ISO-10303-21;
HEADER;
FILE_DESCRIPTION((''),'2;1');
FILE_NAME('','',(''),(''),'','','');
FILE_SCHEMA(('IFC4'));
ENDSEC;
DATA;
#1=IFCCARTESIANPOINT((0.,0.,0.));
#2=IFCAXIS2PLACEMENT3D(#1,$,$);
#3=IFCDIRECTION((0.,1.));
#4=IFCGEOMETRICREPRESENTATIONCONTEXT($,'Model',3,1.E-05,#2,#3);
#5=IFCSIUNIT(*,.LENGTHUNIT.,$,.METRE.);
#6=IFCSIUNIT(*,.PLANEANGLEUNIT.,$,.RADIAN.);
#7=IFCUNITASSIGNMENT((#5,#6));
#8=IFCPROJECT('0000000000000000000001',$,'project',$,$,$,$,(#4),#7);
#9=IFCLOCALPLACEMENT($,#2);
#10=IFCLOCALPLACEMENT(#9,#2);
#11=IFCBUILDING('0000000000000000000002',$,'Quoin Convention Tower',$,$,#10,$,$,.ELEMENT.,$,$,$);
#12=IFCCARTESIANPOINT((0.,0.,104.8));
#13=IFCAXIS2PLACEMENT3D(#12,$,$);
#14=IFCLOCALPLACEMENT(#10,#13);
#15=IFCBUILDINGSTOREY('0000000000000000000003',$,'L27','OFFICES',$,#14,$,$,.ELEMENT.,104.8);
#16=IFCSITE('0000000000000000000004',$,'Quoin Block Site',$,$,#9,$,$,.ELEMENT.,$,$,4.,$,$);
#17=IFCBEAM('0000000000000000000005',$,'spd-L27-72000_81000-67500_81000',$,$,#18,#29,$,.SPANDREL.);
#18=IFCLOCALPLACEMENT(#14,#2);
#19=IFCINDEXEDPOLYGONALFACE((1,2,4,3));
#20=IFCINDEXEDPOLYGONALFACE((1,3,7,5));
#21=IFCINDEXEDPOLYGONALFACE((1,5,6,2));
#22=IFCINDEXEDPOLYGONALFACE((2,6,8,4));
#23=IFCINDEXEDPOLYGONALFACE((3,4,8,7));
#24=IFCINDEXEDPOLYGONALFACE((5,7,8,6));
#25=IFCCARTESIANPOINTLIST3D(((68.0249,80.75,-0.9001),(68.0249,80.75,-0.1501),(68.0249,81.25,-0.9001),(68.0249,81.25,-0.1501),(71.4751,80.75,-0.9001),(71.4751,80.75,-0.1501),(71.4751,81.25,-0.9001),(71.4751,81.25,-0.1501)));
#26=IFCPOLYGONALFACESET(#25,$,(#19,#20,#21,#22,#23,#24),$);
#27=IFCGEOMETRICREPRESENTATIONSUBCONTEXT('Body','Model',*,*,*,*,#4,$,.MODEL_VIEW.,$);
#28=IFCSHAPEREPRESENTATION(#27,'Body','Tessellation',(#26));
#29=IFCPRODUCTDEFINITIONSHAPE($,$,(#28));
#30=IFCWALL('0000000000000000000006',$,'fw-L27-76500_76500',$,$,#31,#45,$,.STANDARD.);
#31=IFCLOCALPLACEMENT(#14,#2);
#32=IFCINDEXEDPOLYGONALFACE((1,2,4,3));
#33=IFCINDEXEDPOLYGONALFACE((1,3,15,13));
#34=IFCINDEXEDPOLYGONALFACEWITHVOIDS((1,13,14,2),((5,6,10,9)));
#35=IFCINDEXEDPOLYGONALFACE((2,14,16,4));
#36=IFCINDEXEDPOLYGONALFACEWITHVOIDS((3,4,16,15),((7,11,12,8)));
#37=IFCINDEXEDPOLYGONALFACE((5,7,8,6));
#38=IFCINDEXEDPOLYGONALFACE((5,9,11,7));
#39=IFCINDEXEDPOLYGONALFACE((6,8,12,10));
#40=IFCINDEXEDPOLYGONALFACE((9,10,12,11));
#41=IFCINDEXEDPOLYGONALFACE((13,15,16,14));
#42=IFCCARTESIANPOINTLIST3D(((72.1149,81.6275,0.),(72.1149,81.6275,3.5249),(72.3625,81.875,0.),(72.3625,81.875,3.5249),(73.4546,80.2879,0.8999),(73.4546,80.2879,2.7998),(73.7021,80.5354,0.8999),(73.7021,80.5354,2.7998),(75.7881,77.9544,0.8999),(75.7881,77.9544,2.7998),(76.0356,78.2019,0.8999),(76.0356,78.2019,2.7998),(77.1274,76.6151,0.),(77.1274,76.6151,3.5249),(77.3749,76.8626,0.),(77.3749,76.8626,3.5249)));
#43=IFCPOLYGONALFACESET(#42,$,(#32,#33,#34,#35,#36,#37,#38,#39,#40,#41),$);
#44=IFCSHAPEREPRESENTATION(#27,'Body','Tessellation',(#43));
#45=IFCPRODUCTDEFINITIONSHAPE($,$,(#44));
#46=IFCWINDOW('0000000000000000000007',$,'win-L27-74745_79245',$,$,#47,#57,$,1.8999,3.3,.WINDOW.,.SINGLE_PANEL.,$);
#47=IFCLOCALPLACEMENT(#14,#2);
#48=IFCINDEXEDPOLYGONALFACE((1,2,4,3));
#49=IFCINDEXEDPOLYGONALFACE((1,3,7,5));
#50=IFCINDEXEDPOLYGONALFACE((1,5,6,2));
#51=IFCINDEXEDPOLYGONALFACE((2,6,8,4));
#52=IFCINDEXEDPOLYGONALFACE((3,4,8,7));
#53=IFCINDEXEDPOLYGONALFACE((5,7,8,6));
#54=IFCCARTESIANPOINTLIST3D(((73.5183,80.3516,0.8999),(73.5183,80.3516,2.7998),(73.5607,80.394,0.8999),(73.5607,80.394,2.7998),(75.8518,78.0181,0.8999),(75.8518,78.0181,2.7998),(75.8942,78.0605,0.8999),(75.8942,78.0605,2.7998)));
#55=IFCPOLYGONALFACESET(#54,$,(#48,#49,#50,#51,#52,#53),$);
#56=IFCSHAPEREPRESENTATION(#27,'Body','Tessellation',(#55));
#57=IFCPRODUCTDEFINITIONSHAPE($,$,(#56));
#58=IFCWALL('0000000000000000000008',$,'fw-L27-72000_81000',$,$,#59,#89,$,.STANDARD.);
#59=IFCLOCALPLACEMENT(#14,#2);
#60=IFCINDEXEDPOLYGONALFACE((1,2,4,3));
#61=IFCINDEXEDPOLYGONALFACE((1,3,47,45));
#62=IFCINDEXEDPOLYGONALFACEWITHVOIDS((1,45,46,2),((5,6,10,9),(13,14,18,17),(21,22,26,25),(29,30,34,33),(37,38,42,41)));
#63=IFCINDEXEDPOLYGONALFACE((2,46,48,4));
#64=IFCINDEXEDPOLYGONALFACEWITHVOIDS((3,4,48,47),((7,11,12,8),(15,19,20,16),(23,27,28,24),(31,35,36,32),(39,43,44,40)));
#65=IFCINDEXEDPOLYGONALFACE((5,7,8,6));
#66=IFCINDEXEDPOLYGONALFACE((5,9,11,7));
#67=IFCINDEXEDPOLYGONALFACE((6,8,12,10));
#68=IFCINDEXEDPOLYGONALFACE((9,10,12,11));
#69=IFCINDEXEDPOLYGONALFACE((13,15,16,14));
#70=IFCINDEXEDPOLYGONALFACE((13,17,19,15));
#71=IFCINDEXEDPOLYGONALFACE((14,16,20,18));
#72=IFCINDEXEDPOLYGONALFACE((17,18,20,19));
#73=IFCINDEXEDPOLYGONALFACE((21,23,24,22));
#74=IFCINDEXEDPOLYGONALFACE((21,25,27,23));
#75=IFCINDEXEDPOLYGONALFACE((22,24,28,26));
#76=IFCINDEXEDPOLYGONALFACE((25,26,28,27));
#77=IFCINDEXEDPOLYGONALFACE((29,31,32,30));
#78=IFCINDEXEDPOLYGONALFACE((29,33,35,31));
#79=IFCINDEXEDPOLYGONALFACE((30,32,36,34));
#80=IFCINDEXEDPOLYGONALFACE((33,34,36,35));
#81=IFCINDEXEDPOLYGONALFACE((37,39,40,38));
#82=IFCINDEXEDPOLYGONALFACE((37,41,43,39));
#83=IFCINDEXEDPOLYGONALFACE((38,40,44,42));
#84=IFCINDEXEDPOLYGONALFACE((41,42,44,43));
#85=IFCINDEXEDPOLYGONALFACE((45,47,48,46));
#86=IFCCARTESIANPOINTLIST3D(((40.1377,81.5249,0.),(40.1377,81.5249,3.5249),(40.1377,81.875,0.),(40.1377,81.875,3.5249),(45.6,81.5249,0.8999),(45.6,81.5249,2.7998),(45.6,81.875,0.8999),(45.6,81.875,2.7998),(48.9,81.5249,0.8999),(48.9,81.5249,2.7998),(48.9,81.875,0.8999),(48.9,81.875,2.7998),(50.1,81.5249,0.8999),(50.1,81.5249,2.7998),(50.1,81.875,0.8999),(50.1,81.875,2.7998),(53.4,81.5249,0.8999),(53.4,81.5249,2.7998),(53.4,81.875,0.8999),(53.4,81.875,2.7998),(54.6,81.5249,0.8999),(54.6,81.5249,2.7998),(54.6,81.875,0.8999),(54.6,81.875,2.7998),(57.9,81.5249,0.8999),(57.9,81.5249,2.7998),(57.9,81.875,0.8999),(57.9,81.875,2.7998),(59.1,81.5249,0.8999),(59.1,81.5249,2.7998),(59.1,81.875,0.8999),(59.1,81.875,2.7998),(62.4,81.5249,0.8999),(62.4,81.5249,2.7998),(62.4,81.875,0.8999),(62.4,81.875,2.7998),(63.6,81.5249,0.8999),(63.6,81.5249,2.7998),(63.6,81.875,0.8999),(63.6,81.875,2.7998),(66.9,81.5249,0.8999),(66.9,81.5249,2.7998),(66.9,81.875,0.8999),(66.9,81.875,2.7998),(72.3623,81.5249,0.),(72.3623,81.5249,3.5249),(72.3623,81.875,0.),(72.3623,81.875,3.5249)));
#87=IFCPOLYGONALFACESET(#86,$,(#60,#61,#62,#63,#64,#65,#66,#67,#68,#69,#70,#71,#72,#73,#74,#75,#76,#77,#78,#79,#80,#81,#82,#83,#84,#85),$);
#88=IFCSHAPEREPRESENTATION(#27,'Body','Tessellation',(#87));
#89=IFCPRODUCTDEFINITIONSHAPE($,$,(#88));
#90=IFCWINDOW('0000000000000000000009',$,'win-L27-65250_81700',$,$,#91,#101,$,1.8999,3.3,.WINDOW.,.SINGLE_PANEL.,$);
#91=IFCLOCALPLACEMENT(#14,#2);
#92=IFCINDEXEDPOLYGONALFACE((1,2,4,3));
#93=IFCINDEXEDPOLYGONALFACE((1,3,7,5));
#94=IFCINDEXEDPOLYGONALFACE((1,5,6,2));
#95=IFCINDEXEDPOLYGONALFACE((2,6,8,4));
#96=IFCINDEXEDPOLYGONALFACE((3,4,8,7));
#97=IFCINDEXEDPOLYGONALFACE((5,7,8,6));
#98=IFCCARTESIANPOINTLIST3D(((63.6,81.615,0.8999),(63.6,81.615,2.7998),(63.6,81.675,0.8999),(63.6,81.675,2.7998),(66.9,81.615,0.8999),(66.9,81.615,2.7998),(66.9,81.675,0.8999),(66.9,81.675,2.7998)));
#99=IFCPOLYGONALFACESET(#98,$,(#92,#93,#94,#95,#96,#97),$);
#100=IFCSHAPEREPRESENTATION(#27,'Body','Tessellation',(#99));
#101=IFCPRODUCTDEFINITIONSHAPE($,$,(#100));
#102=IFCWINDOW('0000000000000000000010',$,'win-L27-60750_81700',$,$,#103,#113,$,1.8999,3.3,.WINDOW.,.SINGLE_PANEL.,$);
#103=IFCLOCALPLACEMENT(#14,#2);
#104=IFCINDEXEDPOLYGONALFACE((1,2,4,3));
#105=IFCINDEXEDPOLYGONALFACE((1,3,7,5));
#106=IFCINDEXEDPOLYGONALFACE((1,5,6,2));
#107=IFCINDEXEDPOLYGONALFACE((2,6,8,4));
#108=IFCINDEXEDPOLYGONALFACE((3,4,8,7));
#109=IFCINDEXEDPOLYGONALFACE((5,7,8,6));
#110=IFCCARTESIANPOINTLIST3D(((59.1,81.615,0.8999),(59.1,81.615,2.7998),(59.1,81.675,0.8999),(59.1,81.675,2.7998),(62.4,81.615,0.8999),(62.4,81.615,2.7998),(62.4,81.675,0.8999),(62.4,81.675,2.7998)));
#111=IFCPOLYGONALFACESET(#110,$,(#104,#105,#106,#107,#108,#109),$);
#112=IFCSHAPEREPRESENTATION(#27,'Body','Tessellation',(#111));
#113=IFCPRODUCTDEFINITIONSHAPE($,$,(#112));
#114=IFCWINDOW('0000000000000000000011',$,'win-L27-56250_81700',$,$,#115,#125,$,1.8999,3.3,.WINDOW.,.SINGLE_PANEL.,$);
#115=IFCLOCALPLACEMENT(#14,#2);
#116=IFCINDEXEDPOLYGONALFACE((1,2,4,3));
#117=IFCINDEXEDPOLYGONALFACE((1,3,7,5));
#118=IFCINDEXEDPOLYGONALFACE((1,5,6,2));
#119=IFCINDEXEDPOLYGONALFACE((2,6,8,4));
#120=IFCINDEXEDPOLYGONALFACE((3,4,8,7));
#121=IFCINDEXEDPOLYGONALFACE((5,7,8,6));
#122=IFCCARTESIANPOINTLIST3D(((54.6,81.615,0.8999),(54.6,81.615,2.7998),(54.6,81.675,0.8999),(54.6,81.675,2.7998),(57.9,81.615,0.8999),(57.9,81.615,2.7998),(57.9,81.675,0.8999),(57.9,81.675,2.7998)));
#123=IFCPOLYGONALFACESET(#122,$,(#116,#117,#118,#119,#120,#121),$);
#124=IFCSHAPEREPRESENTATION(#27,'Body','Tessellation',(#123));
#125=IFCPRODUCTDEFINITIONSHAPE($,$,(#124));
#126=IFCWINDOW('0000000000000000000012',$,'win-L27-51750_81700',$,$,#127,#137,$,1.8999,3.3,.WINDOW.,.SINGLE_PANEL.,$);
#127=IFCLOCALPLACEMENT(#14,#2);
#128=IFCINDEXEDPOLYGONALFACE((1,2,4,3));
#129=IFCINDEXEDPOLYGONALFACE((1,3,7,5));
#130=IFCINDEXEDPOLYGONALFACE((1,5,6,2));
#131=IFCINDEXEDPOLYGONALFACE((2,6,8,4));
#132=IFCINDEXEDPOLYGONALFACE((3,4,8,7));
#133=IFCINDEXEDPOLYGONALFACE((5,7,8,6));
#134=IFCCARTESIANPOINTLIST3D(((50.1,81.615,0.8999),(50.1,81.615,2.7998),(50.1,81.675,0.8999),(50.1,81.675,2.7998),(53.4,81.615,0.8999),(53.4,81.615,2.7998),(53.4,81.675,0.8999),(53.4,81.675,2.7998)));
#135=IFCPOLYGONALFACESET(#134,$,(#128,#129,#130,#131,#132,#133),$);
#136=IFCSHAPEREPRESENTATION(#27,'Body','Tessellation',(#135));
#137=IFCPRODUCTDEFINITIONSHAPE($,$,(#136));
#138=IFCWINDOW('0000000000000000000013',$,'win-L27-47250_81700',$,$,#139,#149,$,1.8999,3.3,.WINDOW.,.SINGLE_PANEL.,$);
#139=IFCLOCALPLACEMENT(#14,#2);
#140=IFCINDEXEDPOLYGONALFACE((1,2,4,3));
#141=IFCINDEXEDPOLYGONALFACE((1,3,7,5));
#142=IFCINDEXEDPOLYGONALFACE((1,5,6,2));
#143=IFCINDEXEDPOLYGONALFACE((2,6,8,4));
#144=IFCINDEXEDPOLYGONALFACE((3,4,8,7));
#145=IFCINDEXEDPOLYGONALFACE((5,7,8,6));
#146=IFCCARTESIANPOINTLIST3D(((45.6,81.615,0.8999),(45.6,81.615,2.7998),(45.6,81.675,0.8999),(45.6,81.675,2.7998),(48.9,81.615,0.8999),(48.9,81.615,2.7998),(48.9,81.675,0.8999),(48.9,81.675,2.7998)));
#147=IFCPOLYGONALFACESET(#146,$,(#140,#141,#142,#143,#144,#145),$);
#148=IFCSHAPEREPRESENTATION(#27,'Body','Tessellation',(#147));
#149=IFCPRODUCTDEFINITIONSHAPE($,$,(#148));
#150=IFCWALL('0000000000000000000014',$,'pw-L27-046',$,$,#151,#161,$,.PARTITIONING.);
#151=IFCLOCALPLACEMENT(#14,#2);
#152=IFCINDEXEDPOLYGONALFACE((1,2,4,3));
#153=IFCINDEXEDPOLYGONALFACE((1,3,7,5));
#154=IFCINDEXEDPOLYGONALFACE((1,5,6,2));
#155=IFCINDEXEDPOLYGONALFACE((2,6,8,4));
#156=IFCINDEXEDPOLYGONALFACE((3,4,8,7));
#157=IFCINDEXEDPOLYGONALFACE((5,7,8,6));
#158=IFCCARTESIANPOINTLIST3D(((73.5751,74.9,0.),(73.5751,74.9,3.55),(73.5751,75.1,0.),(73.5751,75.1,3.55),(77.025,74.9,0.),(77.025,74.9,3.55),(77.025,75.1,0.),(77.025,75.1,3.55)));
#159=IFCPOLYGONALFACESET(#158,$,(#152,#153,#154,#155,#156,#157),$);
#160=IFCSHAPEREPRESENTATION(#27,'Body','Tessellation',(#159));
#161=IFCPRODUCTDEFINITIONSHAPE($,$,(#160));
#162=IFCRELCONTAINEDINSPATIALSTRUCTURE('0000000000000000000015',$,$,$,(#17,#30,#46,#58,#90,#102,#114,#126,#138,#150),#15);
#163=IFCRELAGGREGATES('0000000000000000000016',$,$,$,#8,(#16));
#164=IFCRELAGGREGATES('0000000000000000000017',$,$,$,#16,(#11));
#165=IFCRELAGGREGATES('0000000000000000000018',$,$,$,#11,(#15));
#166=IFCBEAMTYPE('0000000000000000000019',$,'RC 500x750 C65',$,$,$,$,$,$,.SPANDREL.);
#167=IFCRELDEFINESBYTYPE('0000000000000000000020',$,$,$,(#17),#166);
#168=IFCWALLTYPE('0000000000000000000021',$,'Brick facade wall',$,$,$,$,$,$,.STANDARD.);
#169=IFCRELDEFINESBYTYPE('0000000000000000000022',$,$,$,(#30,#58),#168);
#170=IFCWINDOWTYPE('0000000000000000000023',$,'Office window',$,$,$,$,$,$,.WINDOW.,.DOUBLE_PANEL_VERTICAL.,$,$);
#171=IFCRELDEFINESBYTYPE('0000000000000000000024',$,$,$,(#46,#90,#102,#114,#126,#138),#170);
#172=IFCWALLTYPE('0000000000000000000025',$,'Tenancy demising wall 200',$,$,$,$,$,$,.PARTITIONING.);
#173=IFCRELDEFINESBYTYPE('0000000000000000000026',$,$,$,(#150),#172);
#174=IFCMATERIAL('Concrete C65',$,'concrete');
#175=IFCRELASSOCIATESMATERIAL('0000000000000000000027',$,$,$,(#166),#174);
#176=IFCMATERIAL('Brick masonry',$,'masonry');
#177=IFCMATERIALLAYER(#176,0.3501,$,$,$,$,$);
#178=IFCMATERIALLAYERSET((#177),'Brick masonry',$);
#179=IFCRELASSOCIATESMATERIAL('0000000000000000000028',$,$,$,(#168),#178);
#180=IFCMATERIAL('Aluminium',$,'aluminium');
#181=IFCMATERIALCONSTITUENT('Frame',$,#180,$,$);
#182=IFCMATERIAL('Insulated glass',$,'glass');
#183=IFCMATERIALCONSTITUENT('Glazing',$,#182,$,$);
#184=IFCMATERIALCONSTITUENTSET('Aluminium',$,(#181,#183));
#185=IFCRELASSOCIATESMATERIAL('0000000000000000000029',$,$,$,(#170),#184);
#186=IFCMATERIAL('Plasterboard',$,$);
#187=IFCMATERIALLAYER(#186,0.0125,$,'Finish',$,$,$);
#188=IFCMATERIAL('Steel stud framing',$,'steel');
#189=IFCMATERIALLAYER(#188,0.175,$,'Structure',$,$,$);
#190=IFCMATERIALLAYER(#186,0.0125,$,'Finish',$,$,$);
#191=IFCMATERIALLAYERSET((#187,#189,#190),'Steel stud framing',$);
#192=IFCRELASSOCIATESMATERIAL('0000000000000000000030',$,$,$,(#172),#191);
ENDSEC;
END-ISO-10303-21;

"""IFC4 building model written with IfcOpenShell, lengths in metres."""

from ifc_helpers import new_model, si_unit, direction, frame, frame_2d, origin, origin_2d, place, context, subcontext, project, spatial, rectangle, extrude, material, layer, layer_set, constituent, constituent_set, material_profile, profile_set, type_object, element, fill, save


model = new_model("IFC4")

# Units and contexts
model_context = context("Model", 3, precision=1e-05, world=origin(), true_north=direction((0.0, 1.0)))
body_context = subcontext(model_context, "Body", "Model", "MODEL_VIEW")
ifc_project = project(units=[si_unit("LENGTHUNIT", "METRE"), si_unit("PLANEANGLEUNIT", "RADIAN")], contexts=[model_context])

# Site, building, storey
site_placement = place(None, origin())
site = spatial("IfcSite", under=ifc_project, at=site_placement, Name="Quoin Block Site", CompositionType="ELEMENT", RefElevation=4.0)
building_placement = place(site_placement, origin())
building = spatial("IfcBuilding", under=site, at=building_placement, Name="Quoin Convention Tower", CompositionType="ELEMENT")
storey_placement = place(building_placement, frame((0.0, 0.0, 104.8)))
storey = spatial("IfcBuildingStorey", under=building, at=storey_placement, Name="L27", Description="OFFICES", CompositionType="ELEMENT", Elevation=104.8)

# Shared definitions
ifc_material_1 = material(Name="Concrete C65", Category="concrete")

# Beam
ifc_material_profile_1 = material_profile(ifc_material_1, rectangle(XDim=0.5, YDim=0.75, at=origin_2d()), Name="RC 500x750")
ifc_profile_set_1 = profile_set([ifc_material_profile_1], Name="Concrete C65")
beam_type_1 = type_object("IfcBeamType", Name="RC 500x750 C65", PredefinedType="SPANDREL", material=ifc_profile_set_1)
beam_1_placement = place(storey_placement, frame((71.4751, 81.0, -0.5251), z_axis=(-1.0, 0.0, 0.0), x_axis=(0.0, -1.0, 0.0)))
element("IfcBeam", 1, at=beam_1_placement, inside=storey, type_object=beam_type_1, Name="spd-L27-72000_81000-67500_81000", PredefinedType="SPANDREL", context=body_context, shape_type="SweptSolid", body=[
    extrude(rectangle(XDim=0.5, YDim=0.75, at=origin_2d()), origin(), (0.0, 0.0, 1.0), 3.4502),
])

# Wall, opening, window
ifc_material_2 = material(Name="Brick masonry", Category="masonry")
ifc_layer_1 = layer(ifc_material_2, 0.3501)
ifc_layer_set_1 = layer_set([ifc_layer_1], Name="Brick masonry")
wall_type_1 = type_object("IfcWallType", Name="Brick facade wall", PredefinedType="STANDARD", material=ifc_layer_set_1)
wall_1_placement = place(storey_placement, frame((77.2512, 76.7388, 0.0), z_axis=(0.0, 0.0, 1.0), x_axis=(-0.707107, 0.707107, 0.0)))
wall_1 = element("IfcWall", 2, at=wall_1_placement, inside=storey, type_object=wall_type_1, Name="fw-L27-76500_76500", PredefinedType="STANDARD", context=body_context, shape_type="SweptSolid", body=[
    extrude(rectangle(XDim=7.0886, YDim=0.3501, at=frame_2d((3.5444, 0.0))), origin(), (0.0, 0.0, 1.0), 3.5249),
])
opening_1_placement = place(wall_1_placement, frame((1.8943, 0.0, 0.8999)))
opening_1 = element("IfcOpeningElement", 3, at=opening_1_placement, cuts=wall_1, PredefinedType="OPENING", context=body_context, shape_type="SweptSolid", body=[
    extrude(rectangle(XDim=3.3, YDim=1.8999, at=frame_2d((1.6499, 0.95))), frame((0.0, 0.1851, 0.0), z_axis=(0.0, -1.0, 0.0), x_axis=(1.0, 0.0, 0.0)), (0.0, 0.0, 1.0), 0.3701),
])
ifc_material_3 = material(Name="Aluminium", Category="aluminium")
ifc_constituent_1 = constituent(ifc_material_3, Name="Frame")
ifc_material_4 = material(Name="Insulated glass", Category="glass")
ifc_constituent_2 = constituent(ifc_material_4, Name="Glazing")
ifc_constituent_set = constituent_set(constituents=[ifc_constituent_1, ifc_constituent_2], Name="Aluminium")
window_type = type_object("IfcWindowType", Name="Office window", PartitioningType="DOUBLE_PANEL_VERTICAL", PredefinedType="WINDOW", material=ifc_constituent_set)
window_1_placement = place(opening_1_placement, origin())
window_1 = element("IfcWindow", 4, at=window_1_placement, inside=storey, type_object=window_type, Name="win-L27-74745_79245", OverallHeight=1.8999, OverallWidth=3.3, PartitioningType="SINGLE_PANEL", PredefinedType="WINDOW", context=body_context, shape_type="SweptSolid", body=[
    extrude(rectangle(XDim=3.3, YDim=1.8999, at=frame_2d((1.6499, 0.95))), frame((0.0, 0.085, 0.0), z_axis=(0.0, -1.0, 0.0), x_axis=(1.0, 0.0, 0.0)), (0.0, 0.0, 1.0), 0.0601),
])
fill(opening_1, window_1)

# Wall, openings, windows
wall_2_placement = place(storey_placement, frame((72.3623, 81.7, 0.0), z_axis=(0.0, 0.0, 1.0), x_axis=(-1.0, 0.0, 0.0)))
wall_2 = element("IfcWall", 5, at=wall_2_placement, inside=storey, type_object=wall_type_1, Name="fw-L27-72000_81000", PredefinedType="STANDARD", context=body_context, shape_type="SweptSolid", body=[
    extrude(rectangle(XDim=32.2246, YDim=0.3501, at=frame_2d((16.1123, 0.0))), origin(), (0.0, 0.0, 1.0), 3.5249),
])
opening_2_placement = place(wall_2_placement, frame((5.4624, 0.0, 0.8999)))
opening_2 = element("IfcOpeningElement", 6, at=opening_2_placement, cuts=wall_2, PredefinedType="OPENING", context=body_context, shape_type="SweptSolid", body=[
    extrude(rectangle(XDim=3.3, YDim=1.8999, at=frame_2d((1.6499, 0.95))), frame((0.0, 0.1851, 0.0), z_axis=(0.0, -1.0, 0.0), x_axis=(1.0, 0.0, 0.0)), (0.0, 0.0, 1.0), 0.3701),
])
opening_3_placement = place(wall_2_placement, frame((9.9624, 0.0, 0.8999)))
opening_3 = element("IfcOpeningElement", 7, at=opening_3_placement, cuts=wall_2, PredefinedType="OPENING", context=body_context, shape_type="SweptSolid", body=[
    extrude(rectangle(XDim=3.3, YDim=1.8999, at=frame_2d((1.6499, 0.95))), frame((0.0, 0.1851, 0.0), z_axis=(0.0, -1.0, 0.0), x_axis=(1.0, 0.0, 0.0)), (0.0, 0.0, 1.0), 0.3701),
])
opening_4_placement = place(wall_2_placement, frame((14.4624, 0.0, 0.8999)))
opening_4 = element("IfcOpeningElement", 8, at=opening_4_placement, cuts=wall_2, PredefinedType="OPENING", context=body_context, shape_type="SweptSolid", body=[
    extrude(rectangle(XDim=3.3, YDim=1.8999, at=frame_2d((1.6499, 0.95))), frame((0.0, 0.1851, 0.0), z_axis=(0.0, -1.0, 0.0), x_axis=(1.0, 0.0, 0.0)), (0.0, 0.0, 1.0), 0.3701),
])
opening_5_placement = place(wall_2_placement, frame((18.9624, 0.0, 0.8999)))
opening_5 = element("IfcOpeningElement", 9, at=opening_5_placement, cuts=wall_2, PredefinedType="OPENING", context=body_context, shape_type="SweptSolid", body=[
    extrude(rectangle(XDim=3.3, YDim=1.8999, at=frame_2d((1.6499, 0.95))), frame((0.0, 0.1851, 0.0), z_axis=(0.0, -1.0, 0.0), x_axis=(1.0, 0.0, 0.0)), (0.0, 0.0, 1.0), 0.3701),
])
opening_6_placement = place(wall_2_placement, frame((23.4624, 0.0, 0.8999)))
opening_6 = element("IfcOpeningElement", 10, at=opening_6_placement, cuts=wall_2, PredefinedType="OPENING", context=body_context, shape_type="SweptSolid", body=[
    extrude(rectangle(XDim=3.3, YDim=1.8999, at=frame_2d((1.6499, 0.95))), frame((0.0, 0.1851, 0.0), z_axis=(0.0, -1.0, 0.0), x_axis=(1.0, 0.0, 0.0)), (0.0, 0.0, 1.0), 0.3701),
])
window_2_placement = place(opening_2_placement, origin())
window_2 = element("IfcWindow", 11, at=window_2_placement, inside=storey, type_object=window_type, Name="win-L27-65250_81700", OverallHeight=1.8999, OverallWidth=3.3, PartitioningType="SINGLE_PANEL", PredefinedType="WINDOW", context=body_context, shape_type="SweptSolid", body=[
    extrude(rectangle(XDim=3.3, YDim=1.8999, at=frame_2d((1.6499, 0.95))), frame((0.0, 0.085, 0.0), z_axis=(0.0, -1.0, 0.0), x_axis=(1.0, 0.0, 0.0)), (0.0, 0.0, 1.0), 0.0601),
])
fill(opening_2, window_2)
window_3_placement = place(opening_3_placement, origin())
window_3 = element("IfcWindow", 12, at=window_3_placement, inside=storey, type_object=window_type, Name="win-L27-60750_81700", OverallHeight=1.8999, OverallWidth=3.3, PartitioningType="SINGLE_PANEL", PredefinedType="WINDOW", context=body_context, shape_type="SweptSolid", body=[
    extrude(rectangle(XDim=3.3, YDim=1.8999, at=frame_2d((1.6499, 0.95))), frame((0.0, 0.085, 0.0), z_axis=(0.0, -1.0, 0.0), x_axis=(1.0, 0.0, 0.0)), (0.0, 0.0, 1.0), 0.0601),
])
fill(opening_3, window_3)
window_4_placement = place(opening_4_placement, origin())
window_4 = element("IfcWindow", 13, at=window_4_placement, inside=storey, type_object=window_type, Name="win-L27-56250_81700", OverallHeight=1.8999, OverallWidth=3.3, PartitioningType="SINGLE_PANEL", PredefinedType="WINDOW", context=body_context, shape_type="SweptSolid", body=[
    extrude(rectangle(XDim=3.3, YDim=1.8999, at=frame_2d((1.6499, 0.95))), frame((0.0, 0.085, 0.0), z_axis=(0.0, -1.0, 0.0), x_axis=(1.0, 0.0, 0.0)), (0.0, 0.0, 1.0), 0.0601),
])
fill(opening_4, window_4)
window_5_placement = place(opening_5_placement, origin())
window_5 = element("IfcWindow", 14, at=window_5_placement, inside=storey, type_object=window_type, Name="win-L27-51750_81700", OverallHeight=1.8999, OverallWidth=3.3, PartitioningType="SINGLE_PANEL", PredefinedType="WINDOW", context=body_context, shape_type="SweptSolid", body=[
    extrude(rectangle(XDim=3.3, YDim=1.8999, at=frame_2d((1.6499, 0.95))), frame((0.0, 0.085, 0.0), z_axis=(0.0, -1.0, 0.0), x_axis=(1.0, 0.0, 0.0)), (0.0, 0.0, 1.0), 0.0601),
])
fill(opening_5, window_5)
window_6_placement = place(opening_6_placement, origin())
window_6 = element("IfcWindow", 15, at=window_6_placement, inside=storey, type_object=window_type, Name="win-L27-47250_81700", OverallHeight=1.8999, OverallWidth=3.3, PartitioningType="SINGLE_PANEL", PredefinedType="WINDOW", context=body_context, shape_type="SweptSolid", body=[
    extrude(rectangle(XDim=3.3, YDim=1.8999, at=frame_2d((1.6499, 0.95))), frame((0.0, 0.085, 0.0), z_axis=(0.0, -1.0, 0.0), x_axis=(1.0, 0.0, 0.0)), (0.0, 0.0, 1.0), 0.0601),
])
fill(opening_6, window_6)

# Wall
ifc_material_5 = material(Name="Plasterboard")
ifc_layer_2 = layer(ifc_material_5, 0.0125, Name="Finish")
ifc_material_6 = material(Name="Steel stud framing", Category="steel")
ifc_layer_3 = layer(ifc_material_6, 0.175, Name="Structure")
ifc_layer_4 = layer(ifc_material_5, 0.0125, Name="Finish")
ifc_layer_set_2 = layer_set([ifc_layer_2, ifc_layer_3, ifc_layer_4], Name="Steel stud framing")
wall_type_2 = type_object("IfcWallType", Name="Tenancy demising wall 200", PredefinedType="PARTITIONING", material=ifc_layer_set_2)
wall_3_placement = place(storey_placement, frame((73.575, 75.0, 0.0), z_axis=(0.0, 0.0, 1.0), x_axis=(1.0, 0.0, 0.0)))
element("IfcWall", 16, at=wall_3_placement, inside=storey, type_object=wall_type_2, Name="pw-L27-046", PredefinedType="PARTITIONING", context=body_context, shape_type="SweptSolid", body=[
    extrude(rectangle(XDim=3.45, YDim=0.2, at=frame_2d((1.7251, 0.0))), origin(), (0.0, 0.0, 1.0), 3.55),
])

save(model, "model.ifc")
